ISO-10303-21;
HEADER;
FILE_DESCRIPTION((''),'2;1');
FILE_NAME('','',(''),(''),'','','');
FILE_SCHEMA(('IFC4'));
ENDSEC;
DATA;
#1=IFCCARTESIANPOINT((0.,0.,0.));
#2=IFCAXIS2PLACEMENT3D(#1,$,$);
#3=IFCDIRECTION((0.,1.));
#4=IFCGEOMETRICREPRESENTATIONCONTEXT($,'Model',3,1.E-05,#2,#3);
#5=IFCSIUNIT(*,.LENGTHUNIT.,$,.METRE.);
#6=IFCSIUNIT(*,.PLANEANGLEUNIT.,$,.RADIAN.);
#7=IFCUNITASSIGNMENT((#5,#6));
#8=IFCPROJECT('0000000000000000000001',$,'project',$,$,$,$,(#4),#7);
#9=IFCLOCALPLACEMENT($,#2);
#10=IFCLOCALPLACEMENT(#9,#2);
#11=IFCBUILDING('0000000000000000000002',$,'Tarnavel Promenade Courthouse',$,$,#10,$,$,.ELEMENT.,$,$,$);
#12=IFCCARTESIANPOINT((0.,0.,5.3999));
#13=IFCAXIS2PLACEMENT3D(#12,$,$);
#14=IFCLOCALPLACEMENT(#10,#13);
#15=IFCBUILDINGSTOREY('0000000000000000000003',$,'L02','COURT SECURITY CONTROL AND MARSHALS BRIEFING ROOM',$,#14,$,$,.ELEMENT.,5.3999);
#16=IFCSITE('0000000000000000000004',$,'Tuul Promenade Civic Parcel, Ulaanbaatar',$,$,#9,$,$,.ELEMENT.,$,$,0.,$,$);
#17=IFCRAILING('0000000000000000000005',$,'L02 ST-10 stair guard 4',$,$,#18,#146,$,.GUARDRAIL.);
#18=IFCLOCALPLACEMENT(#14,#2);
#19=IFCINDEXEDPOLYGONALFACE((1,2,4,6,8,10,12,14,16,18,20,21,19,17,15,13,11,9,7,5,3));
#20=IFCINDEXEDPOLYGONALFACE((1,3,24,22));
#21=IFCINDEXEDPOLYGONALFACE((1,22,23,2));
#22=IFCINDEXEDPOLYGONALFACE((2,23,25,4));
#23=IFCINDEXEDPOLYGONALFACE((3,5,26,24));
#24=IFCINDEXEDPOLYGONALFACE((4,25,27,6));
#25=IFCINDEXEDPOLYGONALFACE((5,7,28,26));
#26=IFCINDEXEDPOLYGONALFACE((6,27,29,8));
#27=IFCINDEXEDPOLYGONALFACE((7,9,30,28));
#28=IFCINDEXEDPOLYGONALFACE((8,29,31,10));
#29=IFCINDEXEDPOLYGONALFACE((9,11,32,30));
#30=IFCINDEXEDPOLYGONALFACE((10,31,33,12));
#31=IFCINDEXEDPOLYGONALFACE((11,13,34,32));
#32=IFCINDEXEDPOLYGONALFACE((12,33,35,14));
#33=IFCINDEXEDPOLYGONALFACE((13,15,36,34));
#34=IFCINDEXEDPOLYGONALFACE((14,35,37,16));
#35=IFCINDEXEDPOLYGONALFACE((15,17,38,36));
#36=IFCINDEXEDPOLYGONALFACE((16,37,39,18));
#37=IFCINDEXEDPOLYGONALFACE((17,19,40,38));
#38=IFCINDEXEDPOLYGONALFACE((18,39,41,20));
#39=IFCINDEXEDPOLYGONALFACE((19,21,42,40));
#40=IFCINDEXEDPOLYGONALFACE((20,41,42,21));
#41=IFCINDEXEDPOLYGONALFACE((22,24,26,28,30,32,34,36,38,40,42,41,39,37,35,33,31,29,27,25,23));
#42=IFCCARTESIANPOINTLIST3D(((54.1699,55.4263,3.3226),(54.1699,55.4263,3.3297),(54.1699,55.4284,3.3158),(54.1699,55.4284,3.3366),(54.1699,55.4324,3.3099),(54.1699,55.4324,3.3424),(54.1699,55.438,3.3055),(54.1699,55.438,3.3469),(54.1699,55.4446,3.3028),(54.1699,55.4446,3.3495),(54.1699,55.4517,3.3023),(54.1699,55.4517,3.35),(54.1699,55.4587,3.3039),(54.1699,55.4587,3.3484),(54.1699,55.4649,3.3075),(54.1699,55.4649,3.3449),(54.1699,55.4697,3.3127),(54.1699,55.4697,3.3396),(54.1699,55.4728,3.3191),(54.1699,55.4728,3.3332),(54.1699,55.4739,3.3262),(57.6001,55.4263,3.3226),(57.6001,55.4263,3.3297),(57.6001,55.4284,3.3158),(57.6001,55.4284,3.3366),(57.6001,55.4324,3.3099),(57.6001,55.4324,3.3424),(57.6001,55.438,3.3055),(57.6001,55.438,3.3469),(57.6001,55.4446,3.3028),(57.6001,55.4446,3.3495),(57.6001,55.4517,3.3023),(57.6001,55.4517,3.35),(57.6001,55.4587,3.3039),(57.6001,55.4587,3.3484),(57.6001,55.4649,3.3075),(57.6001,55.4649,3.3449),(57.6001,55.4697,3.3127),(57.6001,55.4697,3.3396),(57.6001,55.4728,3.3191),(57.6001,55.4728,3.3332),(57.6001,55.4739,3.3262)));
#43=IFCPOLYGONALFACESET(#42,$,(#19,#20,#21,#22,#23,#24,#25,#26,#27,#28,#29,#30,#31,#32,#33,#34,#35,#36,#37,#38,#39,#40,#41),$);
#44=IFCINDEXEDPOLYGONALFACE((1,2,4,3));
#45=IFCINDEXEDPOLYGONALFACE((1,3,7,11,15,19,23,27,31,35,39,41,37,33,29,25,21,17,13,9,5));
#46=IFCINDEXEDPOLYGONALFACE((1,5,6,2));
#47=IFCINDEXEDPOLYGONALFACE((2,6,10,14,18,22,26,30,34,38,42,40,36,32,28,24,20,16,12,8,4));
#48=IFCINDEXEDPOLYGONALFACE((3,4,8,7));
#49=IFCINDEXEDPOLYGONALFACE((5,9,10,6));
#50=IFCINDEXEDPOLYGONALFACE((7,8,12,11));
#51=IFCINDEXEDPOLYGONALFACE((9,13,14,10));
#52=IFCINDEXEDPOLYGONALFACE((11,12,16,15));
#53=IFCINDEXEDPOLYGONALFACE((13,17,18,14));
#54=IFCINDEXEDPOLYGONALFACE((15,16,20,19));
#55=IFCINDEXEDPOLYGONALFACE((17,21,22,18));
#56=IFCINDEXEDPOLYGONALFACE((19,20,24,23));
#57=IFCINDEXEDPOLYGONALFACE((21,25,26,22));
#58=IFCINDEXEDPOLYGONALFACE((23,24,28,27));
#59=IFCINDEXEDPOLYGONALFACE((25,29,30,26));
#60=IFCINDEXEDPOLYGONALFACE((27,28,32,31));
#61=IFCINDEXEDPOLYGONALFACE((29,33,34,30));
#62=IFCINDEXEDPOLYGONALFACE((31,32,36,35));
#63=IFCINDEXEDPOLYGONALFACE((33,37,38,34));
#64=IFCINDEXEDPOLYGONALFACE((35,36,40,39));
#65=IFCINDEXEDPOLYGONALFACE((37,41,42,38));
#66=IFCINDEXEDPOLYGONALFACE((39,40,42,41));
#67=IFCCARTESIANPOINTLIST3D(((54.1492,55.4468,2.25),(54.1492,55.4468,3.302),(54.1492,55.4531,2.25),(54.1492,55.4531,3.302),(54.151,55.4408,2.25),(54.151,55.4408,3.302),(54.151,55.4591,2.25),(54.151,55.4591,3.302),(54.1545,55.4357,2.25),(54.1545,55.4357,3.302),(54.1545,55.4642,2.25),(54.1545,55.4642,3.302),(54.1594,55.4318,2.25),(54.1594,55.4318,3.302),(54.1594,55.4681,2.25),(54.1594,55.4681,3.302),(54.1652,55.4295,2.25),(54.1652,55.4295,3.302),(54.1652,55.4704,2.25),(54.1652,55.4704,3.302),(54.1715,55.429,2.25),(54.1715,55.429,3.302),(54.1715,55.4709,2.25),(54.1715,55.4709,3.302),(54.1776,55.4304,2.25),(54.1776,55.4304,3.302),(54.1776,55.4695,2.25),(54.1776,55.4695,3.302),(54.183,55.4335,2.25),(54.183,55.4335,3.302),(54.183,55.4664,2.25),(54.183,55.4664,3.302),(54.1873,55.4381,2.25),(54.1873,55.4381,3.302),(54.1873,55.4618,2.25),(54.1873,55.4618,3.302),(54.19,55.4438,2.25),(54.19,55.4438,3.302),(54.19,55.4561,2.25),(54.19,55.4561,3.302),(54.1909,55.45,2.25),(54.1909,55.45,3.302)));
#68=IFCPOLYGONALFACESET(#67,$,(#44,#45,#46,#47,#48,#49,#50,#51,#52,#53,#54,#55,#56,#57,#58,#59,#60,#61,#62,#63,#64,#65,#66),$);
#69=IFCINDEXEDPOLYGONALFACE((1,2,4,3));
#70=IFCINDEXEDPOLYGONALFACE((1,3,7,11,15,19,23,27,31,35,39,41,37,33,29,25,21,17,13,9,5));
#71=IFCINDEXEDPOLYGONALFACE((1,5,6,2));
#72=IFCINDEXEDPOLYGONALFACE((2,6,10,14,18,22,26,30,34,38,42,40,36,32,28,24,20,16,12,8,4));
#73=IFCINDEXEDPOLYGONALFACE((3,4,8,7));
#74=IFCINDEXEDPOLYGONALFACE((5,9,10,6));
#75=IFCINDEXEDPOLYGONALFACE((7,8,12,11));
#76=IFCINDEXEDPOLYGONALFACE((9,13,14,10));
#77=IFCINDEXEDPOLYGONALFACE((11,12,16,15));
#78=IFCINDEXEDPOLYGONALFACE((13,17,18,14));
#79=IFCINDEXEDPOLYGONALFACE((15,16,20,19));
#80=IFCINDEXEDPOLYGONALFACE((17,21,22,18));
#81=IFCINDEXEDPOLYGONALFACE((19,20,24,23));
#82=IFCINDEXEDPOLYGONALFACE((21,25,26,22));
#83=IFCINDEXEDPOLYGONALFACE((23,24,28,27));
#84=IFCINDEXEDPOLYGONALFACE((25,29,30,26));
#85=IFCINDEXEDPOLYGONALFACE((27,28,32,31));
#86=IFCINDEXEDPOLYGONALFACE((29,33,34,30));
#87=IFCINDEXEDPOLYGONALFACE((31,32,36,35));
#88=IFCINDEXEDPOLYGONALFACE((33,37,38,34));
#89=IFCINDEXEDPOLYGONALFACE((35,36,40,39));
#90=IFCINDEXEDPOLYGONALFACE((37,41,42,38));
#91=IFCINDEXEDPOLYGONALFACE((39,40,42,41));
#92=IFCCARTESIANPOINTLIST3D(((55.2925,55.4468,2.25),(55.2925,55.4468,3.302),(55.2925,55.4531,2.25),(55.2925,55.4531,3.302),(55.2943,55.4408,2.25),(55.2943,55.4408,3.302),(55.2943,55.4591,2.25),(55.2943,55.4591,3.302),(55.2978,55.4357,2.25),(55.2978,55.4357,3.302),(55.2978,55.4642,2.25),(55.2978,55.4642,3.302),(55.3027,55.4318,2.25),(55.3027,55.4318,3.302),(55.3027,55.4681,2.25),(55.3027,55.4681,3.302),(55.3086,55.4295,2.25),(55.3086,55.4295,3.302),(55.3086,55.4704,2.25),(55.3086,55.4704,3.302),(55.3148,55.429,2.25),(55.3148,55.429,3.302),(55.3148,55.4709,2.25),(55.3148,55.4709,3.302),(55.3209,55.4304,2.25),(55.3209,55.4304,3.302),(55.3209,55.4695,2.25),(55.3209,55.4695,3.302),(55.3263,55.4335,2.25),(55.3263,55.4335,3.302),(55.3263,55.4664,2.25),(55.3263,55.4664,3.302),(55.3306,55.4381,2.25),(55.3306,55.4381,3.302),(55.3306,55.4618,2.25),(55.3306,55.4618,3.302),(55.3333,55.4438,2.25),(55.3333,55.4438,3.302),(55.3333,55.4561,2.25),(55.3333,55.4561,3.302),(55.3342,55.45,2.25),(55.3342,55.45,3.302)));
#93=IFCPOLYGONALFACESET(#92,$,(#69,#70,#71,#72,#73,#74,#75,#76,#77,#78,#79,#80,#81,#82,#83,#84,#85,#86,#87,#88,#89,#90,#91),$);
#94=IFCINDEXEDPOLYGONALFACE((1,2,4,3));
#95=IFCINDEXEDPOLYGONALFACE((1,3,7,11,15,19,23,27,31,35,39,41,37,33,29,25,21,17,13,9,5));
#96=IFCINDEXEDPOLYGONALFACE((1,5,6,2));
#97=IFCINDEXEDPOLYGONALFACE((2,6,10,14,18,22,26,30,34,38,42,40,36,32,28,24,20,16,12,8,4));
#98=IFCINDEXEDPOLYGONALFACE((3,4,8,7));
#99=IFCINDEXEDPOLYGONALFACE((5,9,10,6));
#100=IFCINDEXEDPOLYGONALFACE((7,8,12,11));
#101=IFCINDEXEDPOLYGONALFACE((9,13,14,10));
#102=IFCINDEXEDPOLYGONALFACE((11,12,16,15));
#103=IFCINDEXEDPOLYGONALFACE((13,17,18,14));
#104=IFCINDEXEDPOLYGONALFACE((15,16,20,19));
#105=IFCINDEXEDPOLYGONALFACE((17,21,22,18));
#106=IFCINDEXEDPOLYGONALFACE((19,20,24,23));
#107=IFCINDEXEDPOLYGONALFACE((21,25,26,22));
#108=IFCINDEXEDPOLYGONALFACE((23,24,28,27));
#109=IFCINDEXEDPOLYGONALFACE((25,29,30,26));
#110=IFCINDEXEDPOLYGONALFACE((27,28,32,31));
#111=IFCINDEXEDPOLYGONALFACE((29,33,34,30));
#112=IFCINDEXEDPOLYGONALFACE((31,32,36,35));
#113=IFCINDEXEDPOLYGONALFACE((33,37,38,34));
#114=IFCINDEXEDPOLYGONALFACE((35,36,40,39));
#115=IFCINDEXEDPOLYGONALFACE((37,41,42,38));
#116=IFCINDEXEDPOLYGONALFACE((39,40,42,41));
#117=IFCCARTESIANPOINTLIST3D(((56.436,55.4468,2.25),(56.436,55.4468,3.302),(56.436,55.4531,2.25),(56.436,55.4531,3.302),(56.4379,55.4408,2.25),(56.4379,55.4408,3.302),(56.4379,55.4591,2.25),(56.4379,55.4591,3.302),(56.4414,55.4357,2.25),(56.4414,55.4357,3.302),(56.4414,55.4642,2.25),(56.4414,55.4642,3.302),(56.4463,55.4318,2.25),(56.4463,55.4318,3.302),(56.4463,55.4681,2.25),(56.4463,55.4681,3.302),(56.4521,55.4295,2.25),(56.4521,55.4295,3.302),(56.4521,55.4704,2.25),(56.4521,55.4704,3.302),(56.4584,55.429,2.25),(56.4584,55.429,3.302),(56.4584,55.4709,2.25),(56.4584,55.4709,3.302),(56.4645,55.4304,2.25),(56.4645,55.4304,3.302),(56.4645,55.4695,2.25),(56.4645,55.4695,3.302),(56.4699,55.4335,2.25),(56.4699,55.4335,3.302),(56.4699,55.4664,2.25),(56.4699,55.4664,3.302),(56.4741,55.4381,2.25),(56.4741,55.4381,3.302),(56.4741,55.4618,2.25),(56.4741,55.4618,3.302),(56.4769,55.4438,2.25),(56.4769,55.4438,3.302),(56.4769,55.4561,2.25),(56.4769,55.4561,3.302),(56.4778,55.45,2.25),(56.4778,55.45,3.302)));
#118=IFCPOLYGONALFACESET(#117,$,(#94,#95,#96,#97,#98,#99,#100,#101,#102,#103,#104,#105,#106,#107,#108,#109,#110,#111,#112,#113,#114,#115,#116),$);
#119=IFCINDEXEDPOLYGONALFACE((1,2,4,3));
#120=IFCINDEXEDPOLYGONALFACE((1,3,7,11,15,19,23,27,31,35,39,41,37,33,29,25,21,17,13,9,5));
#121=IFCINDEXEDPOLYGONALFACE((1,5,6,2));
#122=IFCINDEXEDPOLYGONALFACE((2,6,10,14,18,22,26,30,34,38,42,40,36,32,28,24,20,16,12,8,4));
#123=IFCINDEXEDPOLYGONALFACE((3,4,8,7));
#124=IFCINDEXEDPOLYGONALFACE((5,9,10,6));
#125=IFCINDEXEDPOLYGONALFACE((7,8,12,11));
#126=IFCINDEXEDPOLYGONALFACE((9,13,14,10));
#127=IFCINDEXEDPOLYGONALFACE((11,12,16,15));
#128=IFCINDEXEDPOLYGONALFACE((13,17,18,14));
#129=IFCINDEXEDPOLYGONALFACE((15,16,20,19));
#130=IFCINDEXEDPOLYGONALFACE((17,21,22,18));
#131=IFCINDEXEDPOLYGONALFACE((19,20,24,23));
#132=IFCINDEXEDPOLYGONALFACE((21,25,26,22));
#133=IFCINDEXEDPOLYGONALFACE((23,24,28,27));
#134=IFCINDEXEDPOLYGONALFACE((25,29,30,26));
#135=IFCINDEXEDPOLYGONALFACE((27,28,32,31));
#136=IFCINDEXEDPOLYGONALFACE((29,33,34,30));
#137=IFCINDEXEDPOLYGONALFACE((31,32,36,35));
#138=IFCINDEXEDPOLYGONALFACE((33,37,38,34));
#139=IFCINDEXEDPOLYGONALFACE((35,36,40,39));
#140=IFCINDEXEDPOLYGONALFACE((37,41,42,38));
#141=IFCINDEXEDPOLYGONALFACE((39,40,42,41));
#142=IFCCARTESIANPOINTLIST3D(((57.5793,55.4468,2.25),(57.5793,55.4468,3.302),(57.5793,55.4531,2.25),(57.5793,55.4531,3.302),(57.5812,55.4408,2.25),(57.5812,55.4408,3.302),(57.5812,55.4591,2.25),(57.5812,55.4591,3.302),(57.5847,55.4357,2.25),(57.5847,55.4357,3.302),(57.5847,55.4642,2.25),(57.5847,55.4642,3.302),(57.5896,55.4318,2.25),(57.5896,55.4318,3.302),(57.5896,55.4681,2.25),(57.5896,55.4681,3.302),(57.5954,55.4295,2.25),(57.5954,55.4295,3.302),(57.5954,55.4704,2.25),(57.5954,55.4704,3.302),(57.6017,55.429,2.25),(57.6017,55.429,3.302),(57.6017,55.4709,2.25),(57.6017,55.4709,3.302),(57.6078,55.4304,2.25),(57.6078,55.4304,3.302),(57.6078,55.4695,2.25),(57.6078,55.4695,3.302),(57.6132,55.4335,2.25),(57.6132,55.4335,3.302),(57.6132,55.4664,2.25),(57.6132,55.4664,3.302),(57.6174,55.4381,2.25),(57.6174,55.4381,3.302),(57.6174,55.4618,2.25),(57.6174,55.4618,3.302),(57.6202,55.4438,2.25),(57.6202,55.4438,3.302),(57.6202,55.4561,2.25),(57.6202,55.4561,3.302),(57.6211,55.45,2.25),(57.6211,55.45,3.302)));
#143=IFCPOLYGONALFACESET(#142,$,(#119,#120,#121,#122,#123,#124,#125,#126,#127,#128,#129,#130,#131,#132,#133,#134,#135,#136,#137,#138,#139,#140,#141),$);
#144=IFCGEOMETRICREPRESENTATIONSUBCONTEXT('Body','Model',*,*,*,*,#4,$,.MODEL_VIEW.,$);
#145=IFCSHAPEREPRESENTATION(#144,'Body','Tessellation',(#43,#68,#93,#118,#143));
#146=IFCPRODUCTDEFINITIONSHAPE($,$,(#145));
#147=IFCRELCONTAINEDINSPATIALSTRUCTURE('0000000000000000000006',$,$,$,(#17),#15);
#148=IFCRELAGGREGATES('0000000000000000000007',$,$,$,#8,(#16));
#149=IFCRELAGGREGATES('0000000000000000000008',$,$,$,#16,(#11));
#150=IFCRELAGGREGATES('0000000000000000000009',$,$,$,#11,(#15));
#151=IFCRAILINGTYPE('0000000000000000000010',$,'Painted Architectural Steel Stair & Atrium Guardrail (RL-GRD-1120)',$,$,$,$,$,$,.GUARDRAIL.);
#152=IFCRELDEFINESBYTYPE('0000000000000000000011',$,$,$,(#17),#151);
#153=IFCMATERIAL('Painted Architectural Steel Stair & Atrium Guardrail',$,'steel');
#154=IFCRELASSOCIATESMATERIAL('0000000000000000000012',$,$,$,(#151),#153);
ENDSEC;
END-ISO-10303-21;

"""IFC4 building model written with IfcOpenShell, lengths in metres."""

from ifc_helpers import new_model, si_unit, direction, frame, origin, origin_2d, place, context, subcontext, project, spatial, circle, extrude, material, type_object, element, save


model = new_model("IFC4")

# Units and contexts
model_context = context("Model", 3, precision=1e-05, world=origin(), true_north=direction((0.0, 1.0)))
body_context = subcontext(model_context, "Body", "Model", "MODEL_VIEW")
ifc_project = project(units=[si_unit("LENGTHUNIT", "METRE"), si_unit("PLANEANGLEUNIT", "RADIAN")], contexts=[model_context])

# Site, building, storey
site_placement = place(None, origin())
site = spatial("IfcSite", under=ifc_project, at=site_placement, Name="Tuul Promenade Civic Parcel, Ulaanbaatar", CompositionType="ELEMENT", RefElevation=0.0)
building_placement = place(site_placement, origin())
building = spatial("IfcBuilding", under=site, at=building_placement, Name="Tarnavel Promenade Courthouse", CompositionType="ELEMENT")
storey_placement = place(building_placement, frame((0.0, 0.0, 5.3999)))
storey = spatial("IfcBuildingStorey", under=building, at=storey_placement, Name="L02", Description="COURT SECURITY CONTROL AND MARSHALS BRIEFING ROOM", CompositionType="ELEMENT", Elevation=5.3999)

# Railing
ifc_material_1 = material(Name="Painted Architectural Steel Stair & Atrium Guardrail", Category="steel")
railing_type_1 = type_object("IfcRailingType", Name="Painted Architectural Steel Stair & Atrium Guardrail (RL-GRD-1120)", PredefinedType="GUARDRAIL", material=ifc_material_1)
railing_1_placement = place(storey_placement, frame((54.1699, 55.45, 2.25)))
element("IfcRailing", 1, at=railing_1_placement, inside=storey, type_object=railing_type_1, Name="L02 ST-10 stair guard 4", PredefinedType="GUARDRAIL", context=body_context, shape_type="SweptSolid", body=[
    extrude(circle(Radius=0.0239, at=origin_2d()), frame((0.0, 0.0, 1.0762), z_axis=(1.0, 0.0, 0.0), x_axis=(0.0, 1.0, 0.0)), (0.0, 0.0, 1.0), 3.4302),
    extrude(circle(Radius=0.021, at=origin_2d()), origin(), (0.0, 0.0, 1.0), 1.052),
    extrude(circle(Radius=0.021, at=origin_2d()), frame((1.1433, 0.0, 0.0)), (0.0, 0.0, 1.0), 1.052),
    extrude(circle(Radius=0.021, at=origin_2d()), frame((2.2869, 0.0, 0.0)), (0.0, 0.0, 1.0), 1.052),
    extrude(circle(Radius=0.021, at=origin_2d()), frame((3.4302, 0.0, 0.0)), (0.0, 0.0, 1.0), 1.052),
])

save(model, "model.ifc")
